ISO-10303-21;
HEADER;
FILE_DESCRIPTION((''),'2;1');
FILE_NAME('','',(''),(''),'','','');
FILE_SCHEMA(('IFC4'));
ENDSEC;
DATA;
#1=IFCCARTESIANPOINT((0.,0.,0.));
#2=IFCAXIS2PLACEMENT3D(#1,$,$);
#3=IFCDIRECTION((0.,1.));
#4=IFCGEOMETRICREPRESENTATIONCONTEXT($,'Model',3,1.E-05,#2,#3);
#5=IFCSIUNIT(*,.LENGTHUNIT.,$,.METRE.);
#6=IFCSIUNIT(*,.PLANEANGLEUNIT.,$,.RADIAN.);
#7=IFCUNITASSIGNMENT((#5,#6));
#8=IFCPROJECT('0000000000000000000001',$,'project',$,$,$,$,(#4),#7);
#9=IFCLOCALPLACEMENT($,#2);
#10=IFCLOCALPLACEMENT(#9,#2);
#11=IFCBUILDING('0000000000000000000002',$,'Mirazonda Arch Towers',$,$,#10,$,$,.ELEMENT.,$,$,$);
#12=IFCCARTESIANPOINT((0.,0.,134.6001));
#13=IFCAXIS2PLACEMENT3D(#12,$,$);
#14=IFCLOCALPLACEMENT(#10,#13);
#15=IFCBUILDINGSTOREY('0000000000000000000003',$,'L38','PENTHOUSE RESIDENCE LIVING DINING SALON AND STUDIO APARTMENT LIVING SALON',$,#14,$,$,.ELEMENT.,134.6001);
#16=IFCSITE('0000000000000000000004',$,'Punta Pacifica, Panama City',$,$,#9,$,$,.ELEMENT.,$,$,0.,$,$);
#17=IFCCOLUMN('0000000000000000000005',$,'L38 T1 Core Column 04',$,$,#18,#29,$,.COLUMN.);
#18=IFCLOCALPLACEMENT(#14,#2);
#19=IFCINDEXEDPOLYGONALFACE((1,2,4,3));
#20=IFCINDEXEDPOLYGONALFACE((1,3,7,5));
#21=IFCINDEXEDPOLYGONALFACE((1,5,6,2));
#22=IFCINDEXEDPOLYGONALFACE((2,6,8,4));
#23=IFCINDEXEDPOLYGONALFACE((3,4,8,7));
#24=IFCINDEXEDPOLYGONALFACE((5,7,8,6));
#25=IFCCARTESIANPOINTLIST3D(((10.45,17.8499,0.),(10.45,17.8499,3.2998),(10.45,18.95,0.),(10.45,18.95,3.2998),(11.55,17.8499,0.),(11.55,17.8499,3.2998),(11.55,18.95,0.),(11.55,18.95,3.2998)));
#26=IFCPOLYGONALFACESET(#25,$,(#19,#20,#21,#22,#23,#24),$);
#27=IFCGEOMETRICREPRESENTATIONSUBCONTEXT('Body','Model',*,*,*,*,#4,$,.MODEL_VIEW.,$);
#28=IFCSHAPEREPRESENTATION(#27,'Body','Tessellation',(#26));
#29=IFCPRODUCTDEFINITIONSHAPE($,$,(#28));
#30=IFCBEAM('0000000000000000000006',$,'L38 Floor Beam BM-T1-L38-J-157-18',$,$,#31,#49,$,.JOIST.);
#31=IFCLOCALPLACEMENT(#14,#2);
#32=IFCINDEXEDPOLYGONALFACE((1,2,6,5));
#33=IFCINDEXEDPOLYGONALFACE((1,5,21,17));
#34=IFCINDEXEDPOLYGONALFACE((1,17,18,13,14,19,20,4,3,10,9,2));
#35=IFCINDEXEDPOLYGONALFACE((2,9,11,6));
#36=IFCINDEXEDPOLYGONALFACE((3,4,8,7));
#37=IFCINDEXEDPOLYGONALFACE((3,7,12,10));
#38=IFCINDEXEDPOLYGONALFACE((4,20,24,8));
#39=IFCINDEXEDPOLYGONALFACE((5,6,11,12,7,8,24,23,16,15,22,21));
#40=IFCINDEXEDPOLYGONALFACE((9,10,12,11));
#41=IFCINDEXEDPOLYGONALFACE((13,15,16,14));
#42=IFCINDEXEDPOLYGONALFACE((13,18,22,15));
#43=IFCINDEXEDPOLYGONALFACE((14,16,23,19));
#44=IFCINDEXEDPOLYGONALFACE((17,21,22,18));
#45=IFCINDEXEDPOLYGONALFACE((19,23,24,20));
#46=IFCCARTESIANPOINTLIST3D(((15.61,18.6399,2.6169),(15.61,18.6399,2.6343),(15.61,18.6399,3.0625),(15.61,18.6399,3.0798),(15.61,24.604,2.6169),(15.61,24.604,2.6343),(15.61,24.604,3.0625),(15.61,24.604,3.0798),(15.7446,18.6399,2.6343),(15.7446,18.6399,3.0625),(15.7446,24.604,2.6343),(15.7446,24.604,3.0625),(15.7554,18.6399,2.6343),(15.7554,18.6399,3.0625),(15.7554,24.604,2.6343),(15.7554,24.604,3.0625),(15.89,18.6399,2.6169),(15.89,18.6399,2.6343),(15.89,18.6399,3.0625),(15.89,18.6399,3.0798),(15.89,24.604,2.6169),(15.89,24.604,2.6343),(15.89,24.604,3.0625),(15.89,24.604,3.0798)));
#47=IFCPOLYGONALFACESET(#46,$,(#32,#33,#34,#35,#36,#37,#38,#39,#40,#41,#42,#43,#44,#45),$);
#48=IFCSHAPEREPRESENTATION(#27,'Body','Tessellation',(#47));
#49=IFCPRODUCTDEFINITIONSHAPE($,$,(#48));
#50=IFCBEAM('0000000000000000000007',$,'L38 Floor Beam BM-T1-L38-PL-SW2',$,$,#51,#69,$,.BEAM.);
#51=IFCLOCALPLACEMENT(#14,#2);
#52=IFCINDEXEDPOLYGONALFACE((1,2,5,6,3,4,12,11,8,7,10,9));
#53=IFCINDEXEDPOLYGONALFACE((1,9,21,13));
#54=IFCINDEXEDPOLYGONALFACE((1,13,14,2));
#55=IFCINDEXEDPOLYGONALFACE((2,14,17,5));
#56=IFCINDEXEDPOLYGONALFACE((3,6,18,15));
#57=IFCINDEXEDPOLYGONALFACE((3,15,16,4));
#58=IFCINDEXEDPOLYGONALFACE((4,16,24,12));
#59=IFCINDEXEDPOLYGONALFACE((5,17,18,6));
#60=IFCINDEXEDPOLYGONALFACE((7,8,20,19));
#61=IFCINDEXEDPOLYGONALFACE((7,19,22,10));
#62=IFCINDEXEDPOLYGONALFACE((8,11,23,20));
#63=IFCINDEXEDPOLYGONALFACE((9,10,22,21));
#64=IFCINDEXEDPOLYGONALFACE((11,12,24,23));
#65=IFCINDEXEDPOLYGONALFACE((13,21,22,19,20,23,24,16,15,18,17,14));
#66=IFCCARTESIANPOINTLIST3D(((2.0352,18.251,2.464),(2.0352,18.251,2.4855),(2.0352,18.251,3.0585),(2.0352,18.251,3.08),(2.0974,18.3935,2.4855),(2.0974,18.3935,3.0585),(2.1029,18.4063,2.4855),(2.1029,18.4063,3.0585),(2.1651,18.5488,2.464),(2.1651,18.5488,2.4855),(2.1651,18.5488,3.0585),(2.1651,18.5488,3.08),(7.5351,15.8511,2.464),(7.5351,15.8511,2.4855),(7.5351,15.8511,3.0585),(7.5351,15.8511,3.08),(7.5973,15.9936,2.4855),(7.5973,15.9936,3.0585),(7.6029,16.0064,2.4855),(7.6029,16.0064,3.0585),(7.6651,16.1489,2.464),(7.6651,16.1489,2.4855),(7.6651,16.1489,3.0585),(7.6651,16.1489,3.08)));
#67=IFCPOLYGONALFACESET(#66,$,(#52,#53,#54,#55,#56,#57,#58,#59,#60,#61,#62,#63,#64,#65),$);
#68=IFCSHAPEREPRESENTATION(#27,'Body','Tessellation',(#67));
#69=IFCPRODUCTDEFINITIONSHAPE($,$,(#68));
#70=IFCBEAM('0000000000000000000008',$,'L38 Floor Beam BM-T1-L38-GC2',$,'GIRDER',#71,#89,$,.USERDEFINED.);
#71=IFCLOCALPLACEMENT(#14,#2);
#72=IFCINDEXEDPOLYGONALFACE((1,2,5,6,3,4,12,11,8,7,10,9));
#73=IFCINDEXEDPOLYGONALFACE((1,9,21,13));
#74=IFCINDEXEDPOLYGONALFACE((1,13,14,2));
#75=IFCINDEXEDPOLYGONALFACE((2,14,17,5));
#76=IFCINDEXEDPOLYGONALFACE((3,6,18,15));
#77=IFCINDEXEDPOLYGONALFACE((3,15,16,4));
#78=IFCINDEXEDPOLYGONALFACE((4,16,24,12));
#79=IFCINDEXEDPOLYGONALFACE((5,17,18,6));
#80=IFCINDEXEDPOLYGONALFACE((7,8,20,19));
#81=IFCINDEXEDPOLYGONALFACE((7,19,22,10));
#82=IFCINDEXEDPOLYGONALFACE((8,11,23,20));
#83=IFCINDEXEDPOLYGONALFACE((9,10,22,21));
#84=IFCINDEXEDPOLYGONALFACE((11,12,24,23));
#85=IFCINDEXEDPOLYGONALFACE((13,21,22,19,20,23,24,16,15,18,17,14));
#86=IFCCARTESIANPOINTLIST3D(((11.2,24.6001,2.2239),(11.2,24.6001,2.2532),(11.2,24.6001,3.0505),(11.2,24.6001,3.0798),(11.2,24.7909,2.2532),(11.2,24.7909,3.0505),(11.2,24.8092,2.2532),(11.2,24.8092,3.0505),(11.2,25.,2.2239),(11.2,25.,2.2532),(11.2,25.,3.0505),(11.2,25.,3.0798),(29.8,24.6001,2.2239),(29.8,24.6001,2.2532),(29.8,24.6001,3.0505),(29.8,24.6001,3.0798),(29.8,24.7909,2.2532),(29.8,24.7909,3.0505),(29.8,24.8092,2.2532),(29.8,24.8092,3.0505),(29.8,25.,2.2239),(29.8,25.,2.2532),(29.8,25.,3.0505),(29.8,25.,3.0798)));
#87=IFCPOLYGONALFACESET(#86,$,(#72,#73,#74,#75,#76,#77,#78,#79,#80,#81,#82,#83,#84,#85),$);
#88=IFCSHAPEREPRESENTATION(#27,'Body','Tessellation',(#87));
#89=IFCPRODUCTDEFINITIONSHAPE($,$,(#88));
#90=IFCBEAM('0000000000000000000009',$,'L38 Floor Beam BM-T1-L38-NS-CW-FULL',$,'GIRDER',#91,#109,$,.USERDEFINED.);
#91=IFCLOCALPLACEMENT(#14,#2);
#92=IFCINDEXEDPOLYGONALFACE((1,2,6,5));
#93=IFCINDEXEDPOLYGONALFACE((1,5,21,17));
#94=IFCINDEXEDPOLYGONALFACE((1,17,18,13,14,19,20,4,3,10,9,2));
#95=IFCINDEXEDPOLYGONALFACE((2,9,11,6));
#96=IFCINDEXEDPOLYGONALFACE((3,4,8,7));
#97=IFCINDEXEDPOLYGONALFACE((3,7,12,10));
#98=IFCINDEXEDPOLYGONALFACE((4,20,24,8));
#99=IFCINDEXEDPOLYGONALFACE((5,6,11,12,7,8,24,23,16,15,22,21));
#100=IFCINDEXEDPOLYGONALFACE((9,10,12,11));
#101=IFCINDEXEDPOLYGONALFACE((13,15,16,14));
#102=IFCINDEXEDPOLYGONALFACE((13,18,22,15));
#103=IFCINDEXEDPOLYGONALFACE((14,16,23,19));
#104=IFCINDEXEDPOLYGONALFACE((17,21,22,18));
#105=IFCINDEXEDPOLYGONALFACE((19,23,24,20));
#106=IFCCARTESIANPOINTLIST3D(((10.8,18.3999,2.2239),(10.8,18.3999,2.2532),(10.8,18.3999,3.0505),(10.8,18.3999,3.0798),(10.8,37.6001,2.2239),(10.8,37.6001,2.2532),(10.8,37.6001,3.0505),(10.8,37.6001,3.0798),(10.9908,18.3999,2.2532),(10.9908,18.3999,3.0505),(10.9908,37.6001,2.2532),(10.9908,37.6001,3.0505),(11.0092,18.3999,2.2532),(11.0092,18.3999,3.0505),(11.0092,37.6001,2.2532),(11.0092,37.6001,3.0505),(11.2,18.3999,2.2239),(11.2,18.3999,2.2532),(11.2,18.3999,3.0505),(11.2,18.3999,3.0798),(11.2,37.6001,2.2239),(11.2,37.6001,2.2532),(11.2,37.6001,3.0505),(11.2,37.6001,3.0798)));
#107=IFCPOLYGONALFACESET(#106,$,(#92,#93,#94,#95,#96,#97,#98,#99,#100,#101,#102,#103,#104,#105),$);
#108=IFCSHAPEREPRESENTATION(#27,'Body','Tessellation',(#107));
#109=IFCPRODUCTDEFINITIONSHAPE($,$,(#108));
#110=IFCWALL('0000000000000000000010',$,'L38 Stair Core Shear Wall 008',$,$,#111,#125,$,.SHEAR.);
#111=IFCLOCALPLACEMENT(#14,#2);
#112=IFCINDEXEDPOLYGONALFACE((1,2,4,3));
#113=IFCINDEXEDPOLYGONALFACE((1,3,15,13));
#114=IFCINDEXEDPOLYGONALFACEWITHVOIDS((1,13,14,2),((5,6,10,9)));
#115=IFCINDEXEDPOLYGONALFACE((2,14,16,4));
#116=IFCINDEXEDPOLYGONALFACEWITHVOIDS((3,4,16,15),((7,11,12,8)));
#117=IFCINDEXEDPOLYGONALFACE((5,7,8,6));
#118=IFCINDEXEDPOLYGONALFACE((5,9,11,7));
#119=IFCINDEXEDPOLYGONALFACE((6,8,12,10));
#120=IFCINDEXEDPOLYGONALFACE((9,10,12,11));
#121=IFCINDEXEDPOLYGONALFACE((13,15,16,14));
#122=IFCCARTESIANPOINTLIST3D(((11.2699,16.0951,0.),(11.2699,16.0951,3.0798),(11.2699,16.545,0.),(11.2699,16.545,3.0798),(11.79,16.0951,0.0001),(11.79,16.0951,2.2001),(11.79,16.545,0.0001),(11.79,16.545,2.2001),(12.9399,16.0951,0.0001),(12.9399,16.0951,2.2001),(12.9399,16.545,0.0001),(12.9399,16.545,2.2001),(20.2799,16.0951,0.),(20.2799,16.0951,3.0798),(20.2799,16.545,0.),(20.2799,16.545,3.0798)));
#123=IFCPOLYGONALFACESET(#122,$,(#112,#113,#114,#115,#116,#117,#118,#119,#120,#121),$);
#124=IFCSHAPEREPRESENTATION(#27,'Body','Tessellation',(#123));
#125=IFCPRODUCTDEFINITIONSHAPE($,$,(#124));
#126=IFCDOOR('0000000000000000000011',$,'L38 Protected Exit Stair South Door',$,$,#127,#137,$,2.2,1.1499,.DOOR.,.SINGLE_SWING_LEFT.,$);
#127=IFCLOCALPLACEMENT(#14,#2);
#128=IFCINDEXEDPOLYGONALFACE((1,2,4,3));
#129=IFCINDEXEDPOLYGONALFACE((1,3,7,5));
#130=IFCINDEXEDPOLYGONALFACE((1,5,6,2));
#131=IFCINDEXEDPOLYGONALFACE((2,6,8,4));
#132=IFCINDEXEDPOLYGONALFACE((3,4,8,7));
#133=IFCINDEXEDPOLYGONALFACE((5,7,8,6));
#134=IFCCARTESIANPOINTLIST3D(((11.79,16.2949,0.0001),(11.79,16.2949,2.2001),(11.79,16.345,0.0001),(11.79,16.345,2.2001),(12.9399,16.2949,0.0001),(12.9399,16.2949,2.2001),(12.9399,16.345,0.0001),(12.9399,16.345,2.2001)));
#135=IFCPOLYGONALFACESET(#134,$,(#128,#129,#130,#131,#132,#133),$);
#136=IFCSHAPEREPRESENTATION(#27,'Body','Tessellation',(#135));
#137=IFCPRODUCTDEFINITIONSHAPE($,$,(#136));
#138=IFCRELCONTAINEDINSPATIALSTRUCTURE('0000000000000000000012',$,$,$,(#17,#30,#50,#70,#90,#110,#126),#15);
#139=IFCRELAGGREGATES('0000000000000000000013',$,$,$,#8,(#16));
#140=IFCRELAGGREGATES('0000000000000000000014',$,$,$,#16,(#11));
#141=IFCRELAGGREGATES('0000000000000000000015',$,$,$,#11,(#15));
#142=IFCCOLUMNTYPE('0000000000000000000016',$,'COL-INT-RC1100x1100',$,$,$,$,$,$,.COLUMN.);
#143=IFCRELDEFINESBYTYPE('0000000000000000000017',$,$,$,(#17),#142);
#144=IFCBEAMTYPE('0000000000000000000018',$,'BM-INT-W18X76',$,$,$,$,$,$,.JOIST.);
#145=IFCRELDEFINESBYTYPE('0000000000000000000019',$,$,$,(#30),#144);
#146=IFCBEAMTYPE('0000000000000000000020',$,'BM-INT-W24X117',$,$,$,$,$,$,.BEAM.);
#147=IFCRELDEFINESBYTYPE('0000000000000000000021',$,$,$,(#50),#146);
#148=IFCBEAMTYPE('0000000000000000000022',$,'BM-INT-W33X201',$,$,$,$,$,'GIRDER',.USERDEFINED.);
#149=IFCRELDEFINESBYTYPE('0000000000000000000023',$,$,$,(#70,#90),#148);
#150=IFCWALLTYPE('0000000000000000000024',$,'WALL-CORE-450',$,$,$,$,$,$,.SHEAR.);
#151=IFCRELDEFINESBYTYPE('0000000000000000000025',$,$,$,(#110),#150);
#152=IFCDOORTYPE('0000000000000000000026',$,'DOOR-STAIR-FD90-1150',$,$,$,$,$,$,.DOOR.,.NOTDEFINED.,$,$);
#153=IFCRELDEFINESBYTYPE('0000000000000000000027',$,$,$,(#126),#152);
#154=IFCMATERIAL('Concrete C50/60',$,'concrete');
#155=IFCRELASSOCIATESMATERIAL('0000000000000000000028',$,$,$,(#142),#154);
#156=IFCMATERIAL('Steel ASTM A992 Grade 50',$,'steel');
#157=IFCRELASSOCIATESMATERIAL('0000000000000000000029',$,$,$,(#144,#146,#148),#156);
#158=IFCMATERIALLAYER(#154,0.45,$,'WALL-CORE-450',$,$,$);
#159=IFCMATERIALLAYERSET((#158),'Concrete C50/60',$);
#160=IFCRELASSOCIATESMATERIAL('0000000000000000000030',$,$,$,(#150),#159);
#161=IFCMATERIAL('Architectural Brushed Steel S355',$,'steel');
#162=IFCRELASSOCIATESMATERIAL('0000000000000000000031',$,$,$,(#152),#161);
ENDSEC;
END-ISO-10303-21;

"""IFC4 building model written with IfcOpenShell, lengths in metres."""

from ifc_helpers import new_model, si_unit, direction, frame, frame_2d, origin, origin_2d, place, context, subcontext, project, spatial, rectangle, i_section, extrude, material, layer, layer_set, material_profile, profile_set, type_object, element, fill, save


model = new_model("IFC4")

# Units and contexts
model_context = context("Model", 3, precision=1e-05, world=origin(), true_north=direction((0.0, 1.0)))
body_context = subcontext(model_context, "Body", "Model", "MODEL_VIEW")
ifc_project = project(units=[si_unit("LENGTHUNIT", "METRE"), si_unit("PLANEANGLEUNIT", "RADIAN")], contexts=[model_context])

# Site, building, storey
site_placement = place(None, origin())
site = spatial("IfcSite", under=ifc_project, at=site_placement, Name="Punta Pacifica, Panama City", CompositionType="ELEMENT", RefElevation=0.0)
building_placement = place(site_placement, origin())
building = spatial("IfcBuilding", under=site, at=building_placement, Name="Mirazonda Arch Towers", CompositionType="ELEMENT")
storey_placement = place(building_placement, frame((0.0, 0.0, 134.6001)))
storey = spatial("IfcBuildingStorey", under=building, at=storey_placement, Name="L38", Description="PENTHOUSE RESIDENCE LIVING DINING SALON AND STUDIO APARTMENT LIVING SALON", CompositionType="ELEMENT", Elevation=134.6001)

# Column
ifc_material_1 = material(Name="Concrete C50/60", Category="concrete")
ifc_material_profile_1 = material_profile(ifc_material_1, rectangle(XDim=1.1001, YDim=1.1001, at=origin_2d()), Name="RC1100x1100")
ifc_profile_set_1 = profile_set([ifc_material_profile_1], Name="Concrete C50/60")
column_type = type_object("IfcColumnType", Name="COL-INT-RC1100x1100", PredefinedType="COLUMN", material=ifc_profile_set_1)
column_placement = place(storey_placement, frame((11.0, 18.3999, 0.0), z_axis=(0.0, 0.0, 1.0), x_axis=(1.0, 0.0, 0.0)))
element("IfcColumn", 1, at=column_placement, inside=storey, type_object=column_type, Name="L38 T1 Core Column 04", PredefinedType="COLUMN", context=body_context, shape_type="SweptSolid", body=[
    extrude(rectangle(XDim=1.1001, YDim=1.1001, at=origin_2d()), origin(), (0.0, 0.0, 1.0), 3.2998),
])

# Beams
ifc_material_2 = material(Name="Steel ASTM A992 Grade 50", Category="steel")
ifc_material_profile_2 = material_profile(ifc_material_2, i_section(OverallWidth=0.28, OverallDepth=0.4629, WebThickness=0.0107, FlangeThickness=0.0173, at=origin_2d()), Name="W18X76")
ifc_profile_set_2 = profile_set([ifc_material_profile_2], Name="Steel ASTM A992 Grade 50")
beam_type_1 = type_object("IfcBeamType", Name="BM-INT-W18X76", PredefinedType="JOIST", material=ifc_profile_set_2)
beam_1_placement = place(storey_placement, frame((15.75, 18.6399, 2.8484), z_axis=(0.0, 1.0, 0.0), x_axis=(-1.0, 0.0, 0.0)))
element("IfcBeam", 2, at=beam_1_placement, inside=storey, type_object=beam_type_1, Name="L38 Floor Beam BM-T1-L38-J-157-18", PredefinedType="JOIST", context=body_context, shape_type="SweptSolid", body=[
    extrude(i_section(OverallWidth=0.28, OverallDepth=0.4629, WebThickness=0.0107, FlangeThickness=0.0173, at=origin_2d()), origin(), (0.0, 0.0, 1.0), 5.9641),
])
ifc_material_profile_3 = material_profile(ifc_material_2, i_section(OverallWidth=0.325, OverallDepth=0.616, WebThickness=0.0139, FlangeThickness=0.0215, at=origin_2d()), Name="W24X117")
ifc_profile_set_3 = profile_set([ifc_material_profile_3], Name="Steel ASTM A992 Grade 50")
beam_type_2 = type_object("IfcBeamType", Name="BM-INT-W24X117", PredefinedType="BEAM", material=ifc_profile_set_3)
beam_2_placement = place(storey_placement, frame((7.6001, 16.0, 2.772), z_axis=(-0.916545, 0.399931, 0.0), x_axis=(-0.399931, -0.916545, 0.0)))
element("IfcBeam", 3, at=beam_2_placement, inside=storey, type_object=beam_type_2, Name="L38 Floor Beam BM-T1-L38-PL-SW2", PredefinedType="BEAM", context=body_context, shape_type="SweptSolid", body=[
    extrude(i_section(OverallWidth=0.325, OverallDepth=0.616, WebThickness=0.0139, FlangeThickness=0.0215, at=origin_2d()), origin(), (0.0, 0.0, 1.0), 6.0007),
])
ifc_material_profile_4 = material_profile(ifc_material_2, i_section(OverallWidth=0.3999, OverallDepth=0.856, WebThickness=0.0183, FlangeThickness=0.0293, at=origin_2d()), Name="W33X201")
ifc_profile_set_4 = profile_set([ifc_material_profile_4], Name="Steel ASTM A992 Grade 50")
beam_type_3 = type_object("IfcBeamType", Name="BM-INT-W33X201", ElementType="GIRDER", PredefinedType="USERDEFINED", material=ifc_profile_set_4)
beam_3_placement = place(storey_placement, frame((11.2, 24.8, 2.6519), z_axis=(1.0, 0.0, 0.0), x_axis=(0.0, 1.0, 0.0)))
element("IfcBeam", 4, at=beam_3_placement, inside=storey, type_object=beam_type_3, Name="L38 Floor Beam BM-T1-L38-GC2", ObjectType="GIRDER", PredefinedType="USERDEFINED", context=body_context, shape_type="SweptSolid", body=[
    extrude(i_section(OverallWidth=0.3999, OverallDepth=0.856, WebThickness=0.0183, FlangeThickness=0.0293, at=origin_2d()), origin(), (0.0, 0.0, 1.0), 18.6001),
])
beam_4_placement = place(storey_placement, frame((11.0, 18.3999, 2.6519), z_axis=(0.0, 1.0, 0.0), x_axis=(-1.0, 0.0, 0.0)))
element("IfcBeam", 5, at=beam_4_placement, inside=storey, type_object=beam_type_3, Name="L38 Floor Beam BM-T1-L38-NS-CW-FULL", ObjectType="GIRDER", PredefinedType="USERDEFINED", context=body_context, shape_type="SweptSolid", body=[
    extrude(i_section(OverallWidth=0.3999, OverallDepth=0.856, WebThickness=0.0183, FlangeThickness=0.0293, at=origin_2d()), origin(), (0.0, 0.0, 1.0), 19.2002),
])

# Wall, opening, door
ifc_layer_1 = layer(ifc_material_1, 0.45, Name="WALL-CORE-450")
ifc_layer_set_1 = layer_set([ifc_layer_1], Name="Concrete C50/60")
wall_type_1 = type_object("IfcWallType", Name="WALL-CORE-450", PredefinedType="SHEAR", material=ifc_layer_set_1)
wall_1_placement = place(storey_placement, frame((11.27, 16.3201, 0.0), z_axis=(0.0, 0.0, 1.0), x_axis=(1.0, 0.0, 0.0)))
wall_1 = element("IfcWall", 6, at=wall_1_placement, inside=storey, type_object=wall_type_1, Name="L38 Stair Core Shear Wall 008", PredefinedType="SHEAR", context=body_context, shape_type="SweptSolid", body=[
    extrude(rectangle(XDim=9.01, YDim=0.45, at=frame_2d((4.5049, 0.0))), origin(), (0.0, 0.0, 1.0), 3.0798),
])
opening_1_placement = place(wall_1_placement, frame((0.52, 0.0, 0.0)))
opening_1 = element("IfcOpeningElement", 7, at=opening_1_placement, cuts=wall_1, PredefinedType="OPENING", context=body_context, shape_type="SweptSolid", body=[
    extrude(rectangle(XDim=1.1499, YDim=2.2, at=frame_2d((0.575, 1.1001))), frame((0.0, 0.2349, 0.0), z_axis=(0.0, -1.0, 0.0), x_axis=(1.0, 0.0, 0.0)), (0.0, 0.0, 1.0), 0.47),
])
ifc_material_3 = material(Name="Architectural Brushed Steel S355", Category="steel")
door_type_1 = type_object("IfcDoorType", Name="DOOR-STAIR-FD90-1150", OperationType="NOTDEFINED", PredefinedType="DOOR", material=ifc_material_3)
door_1_placement = place(opening_1_placement, origin())
door_1 = element("IfcDoor", 8, at=door_1_placement, inside=storey, type_object=door_type_1, Name="L38 Protected Exit Stair South Door", OperationType="SINGLE_SWING_LEFT", OverallHeight=2.2, OverallWidth=1.1499, PredefinedType="DOOR", context=body_context, shape_type="SweptSolid", body=[
    extrude(rectangle(XDim=1.1499, YDim=2.2, at=frame_2d((0.575, 1.1001))), frame((0.0, 0.0249, 0.0), z_axis=(0.0, -1.0, 0.0), x_axis=(1.0, 0.0, 0.0)), (0.0, 0.0, 1.0), 0.05),
])
fill(opening_1, door_1)

save(model, "model.ifc")
